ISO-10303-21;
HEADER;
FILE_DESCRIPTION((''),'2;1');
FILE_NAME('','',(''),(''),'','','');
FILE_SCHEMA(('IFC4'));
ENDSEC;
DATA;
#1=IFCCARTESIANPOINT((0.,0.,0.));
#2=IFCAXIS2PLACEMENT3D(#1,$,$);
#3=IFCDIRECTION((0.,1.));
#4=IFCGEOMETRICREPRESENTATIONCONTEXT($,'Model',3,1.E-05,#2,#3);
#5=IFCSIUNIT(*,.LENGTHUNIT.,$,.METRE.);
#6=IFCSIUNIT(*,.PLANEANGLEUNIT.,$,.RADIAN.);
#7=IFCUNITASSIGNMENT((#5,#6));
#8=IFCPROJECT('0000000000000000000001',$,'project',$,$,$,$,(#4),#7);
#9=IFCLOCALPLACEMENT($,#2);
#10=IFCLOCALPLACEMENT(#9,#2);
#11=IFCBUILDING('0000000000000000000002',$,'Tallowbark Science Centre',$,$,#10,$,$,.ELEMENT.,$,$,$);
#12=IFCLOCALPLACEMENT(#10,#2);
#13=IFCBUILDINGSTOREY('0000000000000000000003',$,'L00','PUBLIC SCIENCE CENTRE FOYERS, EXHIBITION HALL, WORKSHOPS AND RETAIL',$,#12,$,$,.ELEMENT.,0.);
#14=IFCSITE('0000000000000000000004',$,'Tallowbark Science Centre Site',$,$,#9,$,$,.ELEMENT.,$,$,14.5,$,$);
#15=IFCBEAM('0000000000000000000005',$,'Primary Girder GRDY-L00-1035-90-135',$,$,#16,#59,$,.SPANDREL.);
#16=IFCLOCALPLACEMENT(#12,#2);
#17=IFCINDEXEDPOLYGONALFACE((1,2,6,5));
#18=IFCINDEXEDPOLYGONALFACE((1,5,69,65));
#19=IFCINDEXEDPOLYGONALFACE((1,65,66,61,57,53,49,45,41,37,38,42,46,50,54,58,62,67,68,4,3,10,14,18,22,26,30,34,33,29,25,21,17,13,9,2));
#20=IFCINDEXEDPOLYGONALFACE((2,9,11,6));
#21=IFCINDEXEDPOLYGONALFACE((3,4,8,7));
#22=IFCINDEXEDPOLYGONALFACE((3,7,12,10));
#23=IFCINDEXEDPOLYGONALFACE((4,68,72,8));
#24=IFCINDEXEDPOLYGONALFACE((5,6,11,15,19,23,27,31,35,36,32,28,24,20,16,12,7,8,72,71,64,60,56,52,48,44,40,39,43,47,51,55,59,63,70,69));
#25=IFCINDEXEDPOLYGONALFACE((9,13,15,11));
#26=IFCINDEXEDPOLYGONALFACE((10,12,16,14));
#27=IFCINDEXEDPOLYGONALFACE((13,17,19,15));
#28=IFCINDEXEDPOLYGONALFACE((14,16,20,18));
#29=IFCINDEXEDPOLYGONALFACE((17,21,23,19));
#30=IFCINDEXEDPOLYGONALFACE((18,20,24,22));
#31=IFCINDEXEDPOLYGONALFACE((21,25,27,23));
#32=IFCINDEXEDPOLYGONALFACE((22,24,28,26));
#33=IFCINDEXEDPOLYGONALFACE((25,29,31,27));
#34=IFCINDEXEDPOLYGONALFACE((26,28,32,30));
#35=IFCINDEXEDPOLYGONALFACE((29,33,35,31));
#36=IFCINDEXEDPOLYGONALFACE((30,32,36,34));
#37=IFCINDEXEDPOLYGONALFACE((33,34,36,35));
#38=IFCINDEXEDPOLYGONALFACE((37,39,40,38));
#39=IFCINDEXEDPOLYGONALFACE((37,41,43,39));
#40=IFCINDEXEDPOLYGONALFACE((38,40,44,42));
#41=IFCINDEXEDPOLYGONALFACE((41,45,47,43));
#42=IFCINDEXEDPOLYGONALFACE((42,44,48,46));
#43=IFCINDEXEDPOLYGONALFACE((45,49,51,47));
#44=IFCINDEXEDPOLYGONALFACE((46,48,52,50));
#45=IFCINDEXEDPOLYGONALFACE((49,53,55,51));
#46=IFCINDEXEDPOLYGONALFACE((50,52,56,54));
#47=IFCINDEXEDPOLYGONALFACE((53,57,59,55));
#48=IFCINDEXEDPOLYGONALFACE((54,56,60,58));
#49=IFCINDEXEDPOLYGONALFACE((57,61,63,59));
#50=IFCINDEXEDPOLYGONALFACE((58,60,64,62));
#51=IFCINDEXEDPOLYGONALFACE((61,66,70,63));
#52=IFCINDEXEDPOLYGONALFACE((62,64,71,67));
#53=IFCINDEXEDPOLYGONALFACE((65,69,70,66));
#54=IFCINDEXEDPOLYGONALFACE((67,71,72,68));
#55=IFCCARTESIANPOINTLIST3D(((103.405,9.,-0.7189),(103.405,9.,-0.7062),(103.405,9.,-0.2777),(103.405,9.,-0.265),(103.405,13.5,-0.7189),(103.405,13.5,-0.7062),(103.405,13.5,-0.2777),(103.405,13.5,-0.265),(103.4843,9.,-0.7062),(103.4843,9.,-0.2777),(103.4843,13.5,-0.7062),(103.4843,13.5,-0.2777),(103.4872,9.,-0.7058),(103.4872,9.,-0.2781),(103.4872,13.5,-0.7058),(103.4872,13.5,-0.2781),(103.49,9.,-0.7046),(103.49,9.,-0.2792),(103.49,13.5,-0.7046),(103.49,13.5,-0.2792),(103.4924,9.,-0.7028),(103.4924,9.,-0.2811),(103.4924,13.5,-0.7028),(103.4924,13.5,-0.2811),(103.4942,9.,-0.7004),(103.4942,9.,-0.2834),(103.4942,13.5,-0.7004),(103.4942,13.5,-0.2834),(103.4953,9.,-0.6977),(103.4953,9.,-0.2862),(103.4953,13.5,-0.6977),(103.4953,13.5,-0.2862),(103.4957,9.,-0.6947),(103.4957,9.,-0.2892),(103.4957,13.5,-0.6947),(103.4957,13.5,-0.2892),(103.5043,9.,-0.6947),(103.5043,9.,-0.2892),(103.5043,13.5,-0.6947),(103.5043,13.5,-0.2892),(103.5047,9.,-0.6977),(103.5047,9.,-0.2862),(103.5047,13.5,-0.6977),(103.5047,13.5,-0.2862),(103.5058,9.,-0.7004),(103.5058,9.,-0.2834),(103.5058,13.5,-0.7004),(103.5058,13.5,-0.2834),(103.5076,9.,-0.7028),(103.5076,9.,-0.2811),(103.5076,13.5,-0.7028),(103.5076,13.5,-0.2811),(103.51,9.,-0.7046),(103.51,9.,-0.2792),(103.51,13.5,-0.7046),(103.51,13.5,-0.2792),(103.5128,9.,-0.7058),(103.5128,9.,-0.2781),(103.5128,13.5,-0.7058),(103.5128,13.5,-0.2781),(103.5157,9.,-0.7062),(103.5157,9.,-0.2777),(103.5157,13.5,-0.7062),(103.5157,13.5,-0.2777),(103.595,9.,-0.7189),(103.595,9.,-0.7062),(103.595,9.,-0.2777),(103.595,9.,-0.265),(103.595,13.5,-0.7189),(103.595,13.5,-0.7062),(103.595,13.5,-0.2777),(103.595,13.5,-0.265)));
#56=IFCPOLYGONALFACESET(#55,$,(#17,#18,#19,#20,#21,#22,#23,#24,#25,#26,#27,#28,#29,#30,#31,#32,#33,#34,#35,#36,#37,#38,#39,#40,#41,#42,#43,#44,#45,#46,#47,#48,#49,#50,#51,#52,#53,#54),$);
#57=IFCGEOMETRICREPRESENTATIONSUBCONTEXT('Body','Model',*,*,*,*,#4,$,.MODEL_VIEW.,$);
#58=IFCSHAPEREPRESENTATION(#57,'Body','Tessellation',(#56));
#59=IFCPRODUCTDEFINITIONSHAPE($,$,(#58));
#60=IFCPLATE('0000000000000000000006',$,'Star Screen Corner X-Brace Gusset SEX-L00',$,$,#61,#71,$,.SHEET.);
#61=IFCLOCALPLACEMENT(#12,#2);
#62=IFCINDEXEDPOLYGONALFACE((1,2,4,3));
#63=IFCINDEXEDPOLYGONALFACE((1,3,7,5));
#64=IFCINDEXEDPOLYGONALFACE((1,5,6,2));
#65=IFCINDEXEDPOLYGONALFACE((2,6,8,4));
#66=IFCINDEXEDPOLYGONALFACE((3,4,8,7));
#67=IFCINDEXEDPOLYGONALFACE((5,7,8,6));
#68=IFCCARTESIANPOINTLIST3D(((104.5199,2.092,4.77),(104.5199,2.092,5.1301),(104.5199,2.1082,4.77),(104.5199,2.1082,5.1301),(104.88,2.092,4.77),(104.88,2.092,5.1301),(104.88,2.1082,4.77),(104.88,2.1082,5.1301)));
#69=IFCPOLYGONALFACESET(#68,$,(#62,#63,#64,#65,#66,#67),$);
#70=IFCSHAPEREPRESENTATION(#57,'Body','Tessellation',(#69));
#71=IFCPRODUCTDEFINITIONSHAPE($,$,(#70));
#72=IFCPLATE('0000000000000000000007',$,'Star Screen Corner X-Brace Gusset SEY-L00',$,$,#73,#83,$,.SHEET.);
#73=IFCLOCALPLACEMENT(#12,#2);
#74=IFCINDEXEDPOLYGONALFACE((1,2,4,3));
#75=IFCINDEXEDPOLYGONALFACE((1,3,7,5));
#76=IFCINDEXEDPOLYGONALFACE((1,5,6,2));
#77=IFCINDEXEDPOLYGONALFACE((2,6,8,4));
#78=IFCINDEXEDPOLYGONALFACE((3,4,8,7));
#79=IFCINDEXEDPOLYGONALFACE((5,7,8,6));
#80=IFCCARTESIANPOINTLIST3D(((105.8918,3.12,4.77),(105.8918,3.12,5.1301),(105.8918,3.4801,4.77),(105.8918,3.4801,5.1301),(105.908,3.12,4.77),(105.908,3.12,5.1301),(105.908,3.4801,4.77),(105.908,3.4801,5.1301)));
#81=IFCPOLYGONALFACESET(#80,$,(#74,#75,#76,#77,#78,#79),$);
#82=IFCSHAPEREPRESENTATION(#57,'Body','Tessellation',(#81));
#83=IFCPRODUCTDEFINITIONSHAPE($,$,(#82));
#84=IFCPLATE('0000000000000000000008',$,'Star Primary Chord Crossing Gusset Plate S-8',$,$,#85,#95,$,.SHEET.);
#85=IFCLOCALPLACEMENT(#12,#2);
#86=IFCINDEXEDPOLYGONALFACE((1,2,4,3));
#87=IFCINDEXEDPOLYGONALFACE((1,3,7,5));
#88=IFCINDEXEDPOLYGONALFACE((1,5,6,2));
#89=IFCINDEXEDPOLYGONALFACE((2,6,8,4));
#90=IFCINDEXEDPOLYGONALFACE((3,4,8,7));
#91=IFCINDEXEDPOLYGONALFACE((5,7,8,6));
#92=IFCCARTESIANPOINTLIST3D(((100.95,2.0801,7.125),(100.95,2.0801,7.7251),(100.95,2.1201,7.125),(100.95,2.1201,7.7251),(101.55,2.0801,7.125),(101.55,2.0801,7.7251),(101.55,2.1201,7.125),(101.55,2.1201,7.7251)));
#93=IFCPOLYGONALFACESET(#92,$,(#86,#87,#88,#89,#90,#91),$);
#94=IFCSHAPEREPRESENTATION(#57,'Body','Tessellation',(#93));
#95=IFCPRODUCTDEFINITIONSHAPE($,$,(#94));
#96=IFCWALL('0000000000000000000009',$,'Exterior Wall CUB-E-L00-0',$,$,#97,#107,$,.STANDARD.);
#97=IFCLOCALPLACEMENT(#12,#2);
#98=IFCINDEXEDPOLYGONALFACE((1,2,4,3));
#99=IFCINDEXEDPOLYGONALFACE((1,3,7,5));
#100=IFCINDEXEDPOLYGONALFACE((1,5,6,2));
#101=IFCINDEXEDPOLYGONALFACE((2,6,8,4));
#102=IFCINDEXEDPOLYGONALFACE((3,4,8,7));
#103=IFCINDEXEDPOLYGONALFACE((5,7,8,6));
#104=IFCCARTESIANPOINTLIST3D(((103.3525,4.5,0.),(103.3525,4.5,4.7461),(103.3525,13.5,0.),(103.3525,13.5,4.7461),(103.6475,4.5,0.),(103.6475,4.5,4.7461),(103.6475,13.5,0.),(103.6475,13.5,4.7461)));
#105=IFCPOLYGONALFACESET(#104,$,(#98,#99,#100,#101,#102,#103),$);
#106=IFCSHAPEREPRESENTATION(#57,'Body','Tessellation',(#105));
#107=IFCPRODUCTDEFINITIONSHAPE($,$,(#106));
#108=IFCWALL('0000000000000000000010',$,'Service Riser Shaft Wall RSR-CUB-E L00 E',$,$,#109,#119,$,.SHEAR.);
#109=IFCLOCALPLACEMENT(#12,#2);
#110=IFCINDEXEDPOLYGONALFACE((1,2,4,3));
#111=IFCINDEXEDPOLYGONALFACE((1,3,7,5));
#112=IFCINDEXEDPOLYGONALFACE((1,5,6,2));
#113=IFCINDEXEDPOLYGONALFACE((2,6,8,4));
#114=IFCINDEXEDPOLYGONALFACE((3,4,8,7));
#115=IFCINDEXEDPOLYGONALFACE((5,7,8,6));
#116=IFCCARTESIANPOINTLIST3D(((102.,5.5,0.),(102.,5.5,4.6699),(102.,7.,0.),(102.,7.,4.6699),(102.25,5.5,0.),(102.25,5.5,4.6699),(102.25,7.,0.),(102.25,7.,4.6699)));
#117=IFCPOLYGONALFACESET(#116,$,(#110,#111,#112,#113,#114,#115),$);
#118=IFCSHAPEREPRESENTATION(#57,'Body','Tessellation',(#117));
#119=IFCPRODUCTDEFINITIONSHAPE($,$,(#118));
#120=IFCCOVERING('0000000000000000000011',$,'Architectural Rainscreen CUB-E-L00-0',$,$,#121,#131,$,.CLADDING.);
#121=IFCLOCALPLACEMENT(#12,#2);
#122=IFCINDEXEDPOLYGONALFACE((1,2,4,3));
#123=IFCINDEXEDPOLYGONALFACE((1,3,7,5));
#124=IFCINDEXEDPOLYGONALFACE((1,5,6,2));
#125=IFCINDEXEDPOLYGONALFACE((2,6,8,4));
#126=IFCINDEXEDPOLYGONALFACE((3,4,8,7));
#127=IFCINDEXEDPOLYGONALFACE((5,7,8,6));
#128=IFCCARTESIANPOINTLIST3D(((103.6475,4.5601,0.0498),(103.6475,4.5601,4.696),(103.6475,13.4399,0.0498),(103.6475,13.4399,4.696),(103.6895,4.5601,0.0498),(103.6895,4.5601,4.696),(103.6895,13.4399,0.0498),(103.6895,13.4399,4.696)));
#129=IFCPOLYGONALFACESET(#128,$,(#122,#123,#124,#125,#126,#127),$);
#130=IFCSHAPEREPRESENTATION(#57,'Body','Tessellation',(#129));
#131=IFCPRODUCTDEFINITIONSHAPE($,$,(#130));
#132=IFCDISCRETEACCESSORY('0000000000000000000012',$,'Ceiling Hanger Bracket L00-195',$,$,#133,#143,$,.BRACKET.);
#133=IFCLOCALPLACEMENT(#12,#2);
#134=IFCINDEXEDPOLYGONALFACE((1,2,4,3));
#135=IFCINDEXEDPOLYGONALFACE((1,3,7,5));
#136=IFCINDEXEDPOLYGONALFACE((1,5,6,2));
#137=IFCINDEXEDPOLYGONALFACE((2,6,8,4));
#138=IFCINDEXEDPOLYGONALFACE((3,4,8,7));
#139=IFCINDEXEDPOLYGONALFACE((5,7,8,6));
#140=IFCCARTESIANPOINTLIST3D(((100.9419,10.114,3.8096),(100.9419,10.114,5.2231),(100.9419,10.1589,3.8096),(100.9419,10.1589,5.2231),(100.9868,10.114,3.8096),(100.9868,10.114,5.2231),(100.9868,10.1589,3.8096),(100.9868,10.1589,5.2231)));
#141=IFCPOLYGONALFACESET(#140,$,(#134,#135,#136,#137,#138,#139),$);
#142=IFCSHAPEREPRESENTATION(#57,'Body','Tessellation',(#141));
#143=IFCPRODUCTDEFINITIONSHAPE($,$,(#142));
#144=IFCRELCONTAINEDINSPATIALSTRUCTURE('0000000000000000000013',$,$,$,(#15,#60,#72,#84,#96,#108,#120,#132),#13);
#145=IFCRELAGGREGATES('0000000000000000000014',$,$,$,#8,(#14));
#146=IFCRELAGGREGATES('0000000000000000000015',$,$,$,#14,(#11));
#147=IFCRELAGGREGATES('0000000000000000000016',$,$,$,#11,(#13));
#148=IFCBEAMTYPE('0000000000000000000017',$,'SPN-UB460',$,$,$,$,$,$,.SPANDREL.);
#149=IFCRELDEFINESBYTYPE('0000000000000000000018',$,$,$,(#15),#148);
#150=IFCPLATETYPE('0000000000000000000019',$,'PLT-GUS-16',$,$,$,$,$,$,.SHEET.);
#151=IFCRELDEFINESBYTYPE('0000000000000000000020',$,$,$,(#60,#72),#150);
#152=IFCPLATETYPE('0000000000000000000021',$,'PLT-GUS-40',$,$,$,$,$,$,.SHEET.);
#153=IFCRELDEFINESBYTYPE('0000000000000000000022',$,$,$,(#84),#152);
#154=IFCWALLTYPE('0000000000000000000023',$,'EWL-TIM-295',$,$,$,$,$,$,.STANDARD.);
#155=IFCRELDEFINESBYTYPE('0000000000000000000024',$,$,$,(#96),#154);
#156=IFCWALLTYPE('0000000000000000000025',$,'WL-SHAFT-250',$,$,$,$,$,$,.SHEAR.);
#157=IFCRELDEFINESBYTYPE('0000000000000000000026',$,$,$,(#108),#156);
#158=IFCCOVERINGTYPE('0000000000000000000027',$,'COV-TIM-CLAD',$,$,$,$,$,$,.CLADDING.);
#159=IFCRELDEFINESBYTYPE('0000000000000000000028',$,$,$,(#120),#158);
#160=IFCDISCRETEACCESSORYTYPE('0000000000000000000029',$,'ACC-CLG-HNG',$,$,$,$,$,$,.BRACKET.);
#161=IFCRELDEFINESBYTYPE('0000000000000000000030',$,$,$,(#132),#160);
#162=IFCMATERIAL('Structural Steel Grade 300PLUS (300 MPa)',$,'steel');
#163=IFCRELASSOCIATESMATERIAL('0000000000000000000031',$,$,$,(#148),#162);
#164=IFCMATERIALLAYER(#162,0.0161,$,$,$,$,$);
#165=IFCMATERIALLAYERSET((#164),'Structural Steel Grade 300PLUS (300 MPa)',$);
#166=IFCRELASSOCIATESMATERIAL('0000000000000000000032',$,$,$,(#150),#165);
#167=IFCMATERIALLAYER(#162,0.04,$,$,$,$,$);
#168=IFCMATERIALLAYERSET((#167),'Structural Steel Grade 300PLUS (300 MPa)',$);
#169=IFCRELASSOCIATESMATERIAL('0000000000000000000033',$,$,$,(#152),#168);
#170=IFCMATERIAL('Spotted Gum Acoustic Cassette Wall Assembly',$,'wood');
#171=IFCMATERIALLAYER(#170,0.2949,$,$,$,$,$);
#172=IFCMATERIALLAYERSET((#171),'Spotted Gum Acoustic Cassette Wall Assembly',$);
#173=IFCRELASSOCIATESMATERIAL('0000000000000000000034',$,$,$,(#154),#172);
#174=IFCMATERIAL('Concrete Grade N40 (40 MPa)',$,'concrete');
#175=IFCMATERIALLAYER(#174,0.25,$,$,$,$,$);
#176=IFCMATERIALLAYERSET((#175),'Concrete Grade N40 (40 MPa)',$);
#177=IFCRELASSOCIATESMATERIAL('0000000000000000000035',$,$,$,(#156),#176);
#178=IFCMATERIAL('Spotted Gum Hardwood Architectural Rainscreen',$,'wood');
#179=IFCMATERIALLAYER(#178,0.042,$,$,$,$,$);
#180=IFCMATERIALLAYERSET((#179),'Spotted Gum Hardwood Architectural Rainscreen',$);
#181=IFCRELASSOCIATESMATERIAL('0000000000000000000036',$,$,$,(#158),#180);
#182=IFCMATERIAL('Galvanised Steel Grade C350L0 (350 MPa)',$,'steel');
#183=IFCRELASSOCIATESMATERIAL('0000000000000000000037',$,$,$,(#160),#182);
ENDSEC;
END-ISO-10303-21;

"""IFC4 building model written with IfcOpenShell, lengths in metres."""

from ifc_helpers import new_model, si_unit, direction, frame, frame_2d, origin, origin_2d, place, context, subcontext, project, spatial, rectangle, i_section, extrude, material, layer, layer_set, material_profile, profile_set, type_object, element, save


model = new_model("IFC4")

# Units and contexts
model_context = context("Model", 3, precision=1e-05, world=origin(), true_north=direction((0.0, 1.0)))
body_context = subcontext(model_context, "Body", "Model", "MODEL_VIEW")
ifc_project = project(units=[si_unit("LENGTHUNIT", "METRE"), si_unit("PLANEANGLEUNIT", "RADIAN")], contexts=[model_context])

# Site, building, storey
site_placement = place(None, origin())
site = spatial("IfcSite", under=ifc_project, at=site_placement, Name="Tallowbark Science Centre Site", CompositionType="ELEMENT", RefElevation=14.5)
building_placement = place(site_placement, origin())
building = spatial("IfcBuilding", under=site, at=building_placement, Name="Tallowbark Science Centre", CompositionType="ELEMENT")
storey_placement = place(building_placement, origin())
storey = spatial("IfcBuildingStorey", under=building, at=storey_placement, Name="L00", Description="PUBLIC SCIENCE CENTRE FOYERS, EXHIBITION HALL, WORKSHOPS AND RETAIL", CompositionType="ELEMENT", Elevation=0.0)

# Shared definitions
ifc_material_1 = material(Name="Structural Steel Grade 300PLUS (300 MPa)", Category="steel")

# Beam
ifc_material_profile_1 = material_profile(ifc_material_1, i_section(OverallWidth=0.1899, OverallDepth=0.4539, WebThickness=0.0085, FlangeThickness=0.0127, FilletRadius=0.0115, at=origin_2d()), Name="460UB67.1")
ifc_profile_set_1 = profile_set([ifc_material_profile_1], Name="Structural Steel Grade 300PLUS (300 MPa)")
beam_type_1 = type_object("IfcBeamType", Name="SPN-UB460", PredefinedType="SPANDREL", material=ifc_profile_set_1)
for number, where, z_axis, x_axis, name in (
    (1, (103.5, 9.0, -0.4919), (0.0, 1.0, 0.0), (-1.0, 0.0, 0.0), "Primary Girder GRDY-L00-1035-90-135"),
):
    element("IfcBeam", number, at=place(storey_placement, frame(where, z_axis=z_axis, x_axis=x_axis)), inside=storey, type_object=beam_type_1, Name=name, PredefinedType="SPANDREL", context=body_context, shape_type="SweptSolid", body=[
        extrude(i_section(OverallWidth=0.1899, OverallDepth=0.4539, WebThickness=0.0085, FlangeThickness=0.0127, FilletRadius=0.0115, at=origin_2d()), origin(), (0.0, 0.0, 1.0), 4.5),
    ])

# Plates
ifc_layer_1 = layer(ifc_material_1, 0.0161)
ifc_layer_set_1 = layer_set([ifc_layer_1], Name="Structural Steel Grade 300PLUS (300 MPa)")
plate_type_1 = type_object("IfcPlateType", Name="PLT-GUS-16", PredefinedType="SHEET", material=ifc_layer_set_1)
for number, where, z_axis, x_axis, name in (
    (2, (104.7, 2.1001, 4.77), (0.0, 0.0, 1.0), (1.0, 0.0, 0.0), "Star Screen Corner X-Brace Gusset SEX-L00"),
    (3, (105.8999, 3.3, 4.77), (0.0, 0.0, 1.0), (0.0, 1.0, 0.0), "Star Screen Corner X-Brace Gusset SEY-L00"),
):
    element("IfcPlate", number, at=place(storey_placement, frame(where, z_axis=z_axis, x_axis=x_axis)), inside=storey, type_object=plate_type_1, Name=name, PredefinedType="SHEET", context=body_context, shape_type="SweptSolid", body=[
        extrude(rectangle(XDim=0.3601, YDim=0.0161, at=origin_2d()), origin(), (0.0, 0.0, 1.0), 0.3601),
    ])
ifc_layer_2 = layer(ifc_material_1, 0.04)
ifc_layer_set_2 = layer_set([ifc_layer_2], Name="Structural Steel Grade 300PLUS (300 MPa)")
plate_type_2 = type_object("IfcPlateType", Name="PLT-GUS-40", PredefinedType="SHEET", material=ifc_layer_set_2)
plate_placement = place(storey_placement, frame((101.25, 2.1001, 7.125), z_axis=(0.0, 0.0, 1.0), x_axis=(1.0, 0.0, 0.0)))
element("IfcPlate", 4, at=plate_placement, inside=storey, type_object=plate_type_2, Name="Star Primary Chord Crossing Gusset Plate S-8", PredefinedType="SHEET", context=body_context, shape_type="SweptSolid", body=[
    extrude(rectangle(XDim=0.6001, YDim=0.04, at=origin_2d()), origin(), (0.0, 0.0, 1.0), 0.6001),
])

# Walls
ifc_material_2 = material(Name="Spotted Gum Acoustic Cassette Wall Assembly", Category="wood")
ifc_layer_3 = layer(ifc_material_2, 0.2949)
ifc_layer_set_3 = layer_set([ifc_layer_3], Name="Spotted Gum Acoustic Cassette Wall Assembly")
wall_type_1 = type_object("IfcWallType", Name="EWL-TIM-295", PredefinedType="STANDARD", material=ifc_layer_set_3)
wall_1_placement = place(storey_placement, frame((103.5, 4.5, 0.0), z_axis=(0.0, 0.0, 1.0), x_axis=(0.0, 1.0, 0.0)))
element("IfcWall", 5, at=wall_1_placement, inside=storey, type_object=wall_type_1, Name="Exterior Wall CUB-E-L00-0", PredefinedType="STANDARD", context=body_context, shape_type="SweptSolid", body=[
    extrude(rectangle(XDim=9.0, YDim=0.2949, at=frame_2d((4.5, 0.0))), origin(), (0.0, 0.0, 1.0), 4.7461),
])
ifc_material_3 = material(Name="Concrete Grade N40 (40 MPa)", Category="concrete")
ifc_layer_4 = layer(ifc_material_3, 0.25)
ifc_layer_set_4 = layer_set([ifc_layer_4], Name="Concrete Grade N40 (40 MPa)")
wall_type_2 = type_object("IfcWallType", Name="WL-SHAFT-250", PredefinedType="SHEAR", material=ifc_layer_set_4)
wall_2_placement = place(storey_placement, frame((102.125, 5.5, 0.0), z_axis=(0.0, 0.0, 1.0), x_axis=(0.0, 1.0, 0.0)))
element("IfcWall", 6, at=wall_2_placement, inside=storey, type_object=wall_type_2, Name="Service Riser Shaft Wall RSR-CUB-E L00 E", PredefinedType="SHEAR", context=body_context, shape_type="SweptSolid", body=[
    extrude(rectangle(XDim=1.5, YDim=0.25, at=frame_2d((0.75, 0.0))), origin(), (0.0, 0.0, 1.0), 4.6699),
])

# Covering
ifc_material_4 = material(Name="Spotted Gum Hardwood Architectural Rainscreen", Category="wood")
ifc_layer_5 = layer(ifc_material_4, 0.042)
ifc_layer_set_5 = layer_set([ifc_layer_5], Name="Spotted Gum Hardwood Architectural Rainscreen")
covering_type = type_object("IfcCoveringType", Name="COV-TIM-CLAD", PredefinedType="CLADDING", material=ifc_layer_set_5)
covering_placement = place(storey_placement, frame((103.6685, 9.0, 0.0498), z_axis=(0.0, 0.0, 1.0), x_axis=(0.0, 1.0, 0.0)))
element("IfcCovering", 7, at=covering_placement, inside=storey, type_object=covering_type, Name="Architectural Rainscreen CUB-E-L00-0", PredefinedType="CLADDING", context=body_context, shape_type="SweptSolid", body=[
    extrude(rectangle(XDim=8.8799, YDim=0.042, at=origin_2d()), origin(), (0.0, 0.0, 1.0), 4.6462),
])

# Discrete accessory
ifc_material_5 = material(Name="Galvanised Steel Grade C350L0 (350 MPa)", Category="steel")
discrete_accessory_type = type_object("IfcDiscreteAccessoryType", Name="ACC-CLG-HNG", PredefinedType="BRACKET", material=ifc_material_5)
discrete_accessory_placement = place(storey_placement, frame((100.9644, 10.1365, 3.8096), z_axis=(0.0, 0.0, 1.0), x_axis=(1.0, 0.0, 0.0)))
element("IfcDiscreteAccessory", 8, at=discrete_accessory_placement, inside=storey, type_object=discrete_accessory_type, Name="Ceiling Hanger Bracket L00-195", PredefinedType="BRACKET", context=body_context, shape_type="SweptSolid", body=[
    extrude(rectangle(XDim=0.0449, YDim=0.0449, at=origin_2d()), origin(), (0.0, 0.0, 1.0), 1.4136),
])

save(model, "model.ifc")
